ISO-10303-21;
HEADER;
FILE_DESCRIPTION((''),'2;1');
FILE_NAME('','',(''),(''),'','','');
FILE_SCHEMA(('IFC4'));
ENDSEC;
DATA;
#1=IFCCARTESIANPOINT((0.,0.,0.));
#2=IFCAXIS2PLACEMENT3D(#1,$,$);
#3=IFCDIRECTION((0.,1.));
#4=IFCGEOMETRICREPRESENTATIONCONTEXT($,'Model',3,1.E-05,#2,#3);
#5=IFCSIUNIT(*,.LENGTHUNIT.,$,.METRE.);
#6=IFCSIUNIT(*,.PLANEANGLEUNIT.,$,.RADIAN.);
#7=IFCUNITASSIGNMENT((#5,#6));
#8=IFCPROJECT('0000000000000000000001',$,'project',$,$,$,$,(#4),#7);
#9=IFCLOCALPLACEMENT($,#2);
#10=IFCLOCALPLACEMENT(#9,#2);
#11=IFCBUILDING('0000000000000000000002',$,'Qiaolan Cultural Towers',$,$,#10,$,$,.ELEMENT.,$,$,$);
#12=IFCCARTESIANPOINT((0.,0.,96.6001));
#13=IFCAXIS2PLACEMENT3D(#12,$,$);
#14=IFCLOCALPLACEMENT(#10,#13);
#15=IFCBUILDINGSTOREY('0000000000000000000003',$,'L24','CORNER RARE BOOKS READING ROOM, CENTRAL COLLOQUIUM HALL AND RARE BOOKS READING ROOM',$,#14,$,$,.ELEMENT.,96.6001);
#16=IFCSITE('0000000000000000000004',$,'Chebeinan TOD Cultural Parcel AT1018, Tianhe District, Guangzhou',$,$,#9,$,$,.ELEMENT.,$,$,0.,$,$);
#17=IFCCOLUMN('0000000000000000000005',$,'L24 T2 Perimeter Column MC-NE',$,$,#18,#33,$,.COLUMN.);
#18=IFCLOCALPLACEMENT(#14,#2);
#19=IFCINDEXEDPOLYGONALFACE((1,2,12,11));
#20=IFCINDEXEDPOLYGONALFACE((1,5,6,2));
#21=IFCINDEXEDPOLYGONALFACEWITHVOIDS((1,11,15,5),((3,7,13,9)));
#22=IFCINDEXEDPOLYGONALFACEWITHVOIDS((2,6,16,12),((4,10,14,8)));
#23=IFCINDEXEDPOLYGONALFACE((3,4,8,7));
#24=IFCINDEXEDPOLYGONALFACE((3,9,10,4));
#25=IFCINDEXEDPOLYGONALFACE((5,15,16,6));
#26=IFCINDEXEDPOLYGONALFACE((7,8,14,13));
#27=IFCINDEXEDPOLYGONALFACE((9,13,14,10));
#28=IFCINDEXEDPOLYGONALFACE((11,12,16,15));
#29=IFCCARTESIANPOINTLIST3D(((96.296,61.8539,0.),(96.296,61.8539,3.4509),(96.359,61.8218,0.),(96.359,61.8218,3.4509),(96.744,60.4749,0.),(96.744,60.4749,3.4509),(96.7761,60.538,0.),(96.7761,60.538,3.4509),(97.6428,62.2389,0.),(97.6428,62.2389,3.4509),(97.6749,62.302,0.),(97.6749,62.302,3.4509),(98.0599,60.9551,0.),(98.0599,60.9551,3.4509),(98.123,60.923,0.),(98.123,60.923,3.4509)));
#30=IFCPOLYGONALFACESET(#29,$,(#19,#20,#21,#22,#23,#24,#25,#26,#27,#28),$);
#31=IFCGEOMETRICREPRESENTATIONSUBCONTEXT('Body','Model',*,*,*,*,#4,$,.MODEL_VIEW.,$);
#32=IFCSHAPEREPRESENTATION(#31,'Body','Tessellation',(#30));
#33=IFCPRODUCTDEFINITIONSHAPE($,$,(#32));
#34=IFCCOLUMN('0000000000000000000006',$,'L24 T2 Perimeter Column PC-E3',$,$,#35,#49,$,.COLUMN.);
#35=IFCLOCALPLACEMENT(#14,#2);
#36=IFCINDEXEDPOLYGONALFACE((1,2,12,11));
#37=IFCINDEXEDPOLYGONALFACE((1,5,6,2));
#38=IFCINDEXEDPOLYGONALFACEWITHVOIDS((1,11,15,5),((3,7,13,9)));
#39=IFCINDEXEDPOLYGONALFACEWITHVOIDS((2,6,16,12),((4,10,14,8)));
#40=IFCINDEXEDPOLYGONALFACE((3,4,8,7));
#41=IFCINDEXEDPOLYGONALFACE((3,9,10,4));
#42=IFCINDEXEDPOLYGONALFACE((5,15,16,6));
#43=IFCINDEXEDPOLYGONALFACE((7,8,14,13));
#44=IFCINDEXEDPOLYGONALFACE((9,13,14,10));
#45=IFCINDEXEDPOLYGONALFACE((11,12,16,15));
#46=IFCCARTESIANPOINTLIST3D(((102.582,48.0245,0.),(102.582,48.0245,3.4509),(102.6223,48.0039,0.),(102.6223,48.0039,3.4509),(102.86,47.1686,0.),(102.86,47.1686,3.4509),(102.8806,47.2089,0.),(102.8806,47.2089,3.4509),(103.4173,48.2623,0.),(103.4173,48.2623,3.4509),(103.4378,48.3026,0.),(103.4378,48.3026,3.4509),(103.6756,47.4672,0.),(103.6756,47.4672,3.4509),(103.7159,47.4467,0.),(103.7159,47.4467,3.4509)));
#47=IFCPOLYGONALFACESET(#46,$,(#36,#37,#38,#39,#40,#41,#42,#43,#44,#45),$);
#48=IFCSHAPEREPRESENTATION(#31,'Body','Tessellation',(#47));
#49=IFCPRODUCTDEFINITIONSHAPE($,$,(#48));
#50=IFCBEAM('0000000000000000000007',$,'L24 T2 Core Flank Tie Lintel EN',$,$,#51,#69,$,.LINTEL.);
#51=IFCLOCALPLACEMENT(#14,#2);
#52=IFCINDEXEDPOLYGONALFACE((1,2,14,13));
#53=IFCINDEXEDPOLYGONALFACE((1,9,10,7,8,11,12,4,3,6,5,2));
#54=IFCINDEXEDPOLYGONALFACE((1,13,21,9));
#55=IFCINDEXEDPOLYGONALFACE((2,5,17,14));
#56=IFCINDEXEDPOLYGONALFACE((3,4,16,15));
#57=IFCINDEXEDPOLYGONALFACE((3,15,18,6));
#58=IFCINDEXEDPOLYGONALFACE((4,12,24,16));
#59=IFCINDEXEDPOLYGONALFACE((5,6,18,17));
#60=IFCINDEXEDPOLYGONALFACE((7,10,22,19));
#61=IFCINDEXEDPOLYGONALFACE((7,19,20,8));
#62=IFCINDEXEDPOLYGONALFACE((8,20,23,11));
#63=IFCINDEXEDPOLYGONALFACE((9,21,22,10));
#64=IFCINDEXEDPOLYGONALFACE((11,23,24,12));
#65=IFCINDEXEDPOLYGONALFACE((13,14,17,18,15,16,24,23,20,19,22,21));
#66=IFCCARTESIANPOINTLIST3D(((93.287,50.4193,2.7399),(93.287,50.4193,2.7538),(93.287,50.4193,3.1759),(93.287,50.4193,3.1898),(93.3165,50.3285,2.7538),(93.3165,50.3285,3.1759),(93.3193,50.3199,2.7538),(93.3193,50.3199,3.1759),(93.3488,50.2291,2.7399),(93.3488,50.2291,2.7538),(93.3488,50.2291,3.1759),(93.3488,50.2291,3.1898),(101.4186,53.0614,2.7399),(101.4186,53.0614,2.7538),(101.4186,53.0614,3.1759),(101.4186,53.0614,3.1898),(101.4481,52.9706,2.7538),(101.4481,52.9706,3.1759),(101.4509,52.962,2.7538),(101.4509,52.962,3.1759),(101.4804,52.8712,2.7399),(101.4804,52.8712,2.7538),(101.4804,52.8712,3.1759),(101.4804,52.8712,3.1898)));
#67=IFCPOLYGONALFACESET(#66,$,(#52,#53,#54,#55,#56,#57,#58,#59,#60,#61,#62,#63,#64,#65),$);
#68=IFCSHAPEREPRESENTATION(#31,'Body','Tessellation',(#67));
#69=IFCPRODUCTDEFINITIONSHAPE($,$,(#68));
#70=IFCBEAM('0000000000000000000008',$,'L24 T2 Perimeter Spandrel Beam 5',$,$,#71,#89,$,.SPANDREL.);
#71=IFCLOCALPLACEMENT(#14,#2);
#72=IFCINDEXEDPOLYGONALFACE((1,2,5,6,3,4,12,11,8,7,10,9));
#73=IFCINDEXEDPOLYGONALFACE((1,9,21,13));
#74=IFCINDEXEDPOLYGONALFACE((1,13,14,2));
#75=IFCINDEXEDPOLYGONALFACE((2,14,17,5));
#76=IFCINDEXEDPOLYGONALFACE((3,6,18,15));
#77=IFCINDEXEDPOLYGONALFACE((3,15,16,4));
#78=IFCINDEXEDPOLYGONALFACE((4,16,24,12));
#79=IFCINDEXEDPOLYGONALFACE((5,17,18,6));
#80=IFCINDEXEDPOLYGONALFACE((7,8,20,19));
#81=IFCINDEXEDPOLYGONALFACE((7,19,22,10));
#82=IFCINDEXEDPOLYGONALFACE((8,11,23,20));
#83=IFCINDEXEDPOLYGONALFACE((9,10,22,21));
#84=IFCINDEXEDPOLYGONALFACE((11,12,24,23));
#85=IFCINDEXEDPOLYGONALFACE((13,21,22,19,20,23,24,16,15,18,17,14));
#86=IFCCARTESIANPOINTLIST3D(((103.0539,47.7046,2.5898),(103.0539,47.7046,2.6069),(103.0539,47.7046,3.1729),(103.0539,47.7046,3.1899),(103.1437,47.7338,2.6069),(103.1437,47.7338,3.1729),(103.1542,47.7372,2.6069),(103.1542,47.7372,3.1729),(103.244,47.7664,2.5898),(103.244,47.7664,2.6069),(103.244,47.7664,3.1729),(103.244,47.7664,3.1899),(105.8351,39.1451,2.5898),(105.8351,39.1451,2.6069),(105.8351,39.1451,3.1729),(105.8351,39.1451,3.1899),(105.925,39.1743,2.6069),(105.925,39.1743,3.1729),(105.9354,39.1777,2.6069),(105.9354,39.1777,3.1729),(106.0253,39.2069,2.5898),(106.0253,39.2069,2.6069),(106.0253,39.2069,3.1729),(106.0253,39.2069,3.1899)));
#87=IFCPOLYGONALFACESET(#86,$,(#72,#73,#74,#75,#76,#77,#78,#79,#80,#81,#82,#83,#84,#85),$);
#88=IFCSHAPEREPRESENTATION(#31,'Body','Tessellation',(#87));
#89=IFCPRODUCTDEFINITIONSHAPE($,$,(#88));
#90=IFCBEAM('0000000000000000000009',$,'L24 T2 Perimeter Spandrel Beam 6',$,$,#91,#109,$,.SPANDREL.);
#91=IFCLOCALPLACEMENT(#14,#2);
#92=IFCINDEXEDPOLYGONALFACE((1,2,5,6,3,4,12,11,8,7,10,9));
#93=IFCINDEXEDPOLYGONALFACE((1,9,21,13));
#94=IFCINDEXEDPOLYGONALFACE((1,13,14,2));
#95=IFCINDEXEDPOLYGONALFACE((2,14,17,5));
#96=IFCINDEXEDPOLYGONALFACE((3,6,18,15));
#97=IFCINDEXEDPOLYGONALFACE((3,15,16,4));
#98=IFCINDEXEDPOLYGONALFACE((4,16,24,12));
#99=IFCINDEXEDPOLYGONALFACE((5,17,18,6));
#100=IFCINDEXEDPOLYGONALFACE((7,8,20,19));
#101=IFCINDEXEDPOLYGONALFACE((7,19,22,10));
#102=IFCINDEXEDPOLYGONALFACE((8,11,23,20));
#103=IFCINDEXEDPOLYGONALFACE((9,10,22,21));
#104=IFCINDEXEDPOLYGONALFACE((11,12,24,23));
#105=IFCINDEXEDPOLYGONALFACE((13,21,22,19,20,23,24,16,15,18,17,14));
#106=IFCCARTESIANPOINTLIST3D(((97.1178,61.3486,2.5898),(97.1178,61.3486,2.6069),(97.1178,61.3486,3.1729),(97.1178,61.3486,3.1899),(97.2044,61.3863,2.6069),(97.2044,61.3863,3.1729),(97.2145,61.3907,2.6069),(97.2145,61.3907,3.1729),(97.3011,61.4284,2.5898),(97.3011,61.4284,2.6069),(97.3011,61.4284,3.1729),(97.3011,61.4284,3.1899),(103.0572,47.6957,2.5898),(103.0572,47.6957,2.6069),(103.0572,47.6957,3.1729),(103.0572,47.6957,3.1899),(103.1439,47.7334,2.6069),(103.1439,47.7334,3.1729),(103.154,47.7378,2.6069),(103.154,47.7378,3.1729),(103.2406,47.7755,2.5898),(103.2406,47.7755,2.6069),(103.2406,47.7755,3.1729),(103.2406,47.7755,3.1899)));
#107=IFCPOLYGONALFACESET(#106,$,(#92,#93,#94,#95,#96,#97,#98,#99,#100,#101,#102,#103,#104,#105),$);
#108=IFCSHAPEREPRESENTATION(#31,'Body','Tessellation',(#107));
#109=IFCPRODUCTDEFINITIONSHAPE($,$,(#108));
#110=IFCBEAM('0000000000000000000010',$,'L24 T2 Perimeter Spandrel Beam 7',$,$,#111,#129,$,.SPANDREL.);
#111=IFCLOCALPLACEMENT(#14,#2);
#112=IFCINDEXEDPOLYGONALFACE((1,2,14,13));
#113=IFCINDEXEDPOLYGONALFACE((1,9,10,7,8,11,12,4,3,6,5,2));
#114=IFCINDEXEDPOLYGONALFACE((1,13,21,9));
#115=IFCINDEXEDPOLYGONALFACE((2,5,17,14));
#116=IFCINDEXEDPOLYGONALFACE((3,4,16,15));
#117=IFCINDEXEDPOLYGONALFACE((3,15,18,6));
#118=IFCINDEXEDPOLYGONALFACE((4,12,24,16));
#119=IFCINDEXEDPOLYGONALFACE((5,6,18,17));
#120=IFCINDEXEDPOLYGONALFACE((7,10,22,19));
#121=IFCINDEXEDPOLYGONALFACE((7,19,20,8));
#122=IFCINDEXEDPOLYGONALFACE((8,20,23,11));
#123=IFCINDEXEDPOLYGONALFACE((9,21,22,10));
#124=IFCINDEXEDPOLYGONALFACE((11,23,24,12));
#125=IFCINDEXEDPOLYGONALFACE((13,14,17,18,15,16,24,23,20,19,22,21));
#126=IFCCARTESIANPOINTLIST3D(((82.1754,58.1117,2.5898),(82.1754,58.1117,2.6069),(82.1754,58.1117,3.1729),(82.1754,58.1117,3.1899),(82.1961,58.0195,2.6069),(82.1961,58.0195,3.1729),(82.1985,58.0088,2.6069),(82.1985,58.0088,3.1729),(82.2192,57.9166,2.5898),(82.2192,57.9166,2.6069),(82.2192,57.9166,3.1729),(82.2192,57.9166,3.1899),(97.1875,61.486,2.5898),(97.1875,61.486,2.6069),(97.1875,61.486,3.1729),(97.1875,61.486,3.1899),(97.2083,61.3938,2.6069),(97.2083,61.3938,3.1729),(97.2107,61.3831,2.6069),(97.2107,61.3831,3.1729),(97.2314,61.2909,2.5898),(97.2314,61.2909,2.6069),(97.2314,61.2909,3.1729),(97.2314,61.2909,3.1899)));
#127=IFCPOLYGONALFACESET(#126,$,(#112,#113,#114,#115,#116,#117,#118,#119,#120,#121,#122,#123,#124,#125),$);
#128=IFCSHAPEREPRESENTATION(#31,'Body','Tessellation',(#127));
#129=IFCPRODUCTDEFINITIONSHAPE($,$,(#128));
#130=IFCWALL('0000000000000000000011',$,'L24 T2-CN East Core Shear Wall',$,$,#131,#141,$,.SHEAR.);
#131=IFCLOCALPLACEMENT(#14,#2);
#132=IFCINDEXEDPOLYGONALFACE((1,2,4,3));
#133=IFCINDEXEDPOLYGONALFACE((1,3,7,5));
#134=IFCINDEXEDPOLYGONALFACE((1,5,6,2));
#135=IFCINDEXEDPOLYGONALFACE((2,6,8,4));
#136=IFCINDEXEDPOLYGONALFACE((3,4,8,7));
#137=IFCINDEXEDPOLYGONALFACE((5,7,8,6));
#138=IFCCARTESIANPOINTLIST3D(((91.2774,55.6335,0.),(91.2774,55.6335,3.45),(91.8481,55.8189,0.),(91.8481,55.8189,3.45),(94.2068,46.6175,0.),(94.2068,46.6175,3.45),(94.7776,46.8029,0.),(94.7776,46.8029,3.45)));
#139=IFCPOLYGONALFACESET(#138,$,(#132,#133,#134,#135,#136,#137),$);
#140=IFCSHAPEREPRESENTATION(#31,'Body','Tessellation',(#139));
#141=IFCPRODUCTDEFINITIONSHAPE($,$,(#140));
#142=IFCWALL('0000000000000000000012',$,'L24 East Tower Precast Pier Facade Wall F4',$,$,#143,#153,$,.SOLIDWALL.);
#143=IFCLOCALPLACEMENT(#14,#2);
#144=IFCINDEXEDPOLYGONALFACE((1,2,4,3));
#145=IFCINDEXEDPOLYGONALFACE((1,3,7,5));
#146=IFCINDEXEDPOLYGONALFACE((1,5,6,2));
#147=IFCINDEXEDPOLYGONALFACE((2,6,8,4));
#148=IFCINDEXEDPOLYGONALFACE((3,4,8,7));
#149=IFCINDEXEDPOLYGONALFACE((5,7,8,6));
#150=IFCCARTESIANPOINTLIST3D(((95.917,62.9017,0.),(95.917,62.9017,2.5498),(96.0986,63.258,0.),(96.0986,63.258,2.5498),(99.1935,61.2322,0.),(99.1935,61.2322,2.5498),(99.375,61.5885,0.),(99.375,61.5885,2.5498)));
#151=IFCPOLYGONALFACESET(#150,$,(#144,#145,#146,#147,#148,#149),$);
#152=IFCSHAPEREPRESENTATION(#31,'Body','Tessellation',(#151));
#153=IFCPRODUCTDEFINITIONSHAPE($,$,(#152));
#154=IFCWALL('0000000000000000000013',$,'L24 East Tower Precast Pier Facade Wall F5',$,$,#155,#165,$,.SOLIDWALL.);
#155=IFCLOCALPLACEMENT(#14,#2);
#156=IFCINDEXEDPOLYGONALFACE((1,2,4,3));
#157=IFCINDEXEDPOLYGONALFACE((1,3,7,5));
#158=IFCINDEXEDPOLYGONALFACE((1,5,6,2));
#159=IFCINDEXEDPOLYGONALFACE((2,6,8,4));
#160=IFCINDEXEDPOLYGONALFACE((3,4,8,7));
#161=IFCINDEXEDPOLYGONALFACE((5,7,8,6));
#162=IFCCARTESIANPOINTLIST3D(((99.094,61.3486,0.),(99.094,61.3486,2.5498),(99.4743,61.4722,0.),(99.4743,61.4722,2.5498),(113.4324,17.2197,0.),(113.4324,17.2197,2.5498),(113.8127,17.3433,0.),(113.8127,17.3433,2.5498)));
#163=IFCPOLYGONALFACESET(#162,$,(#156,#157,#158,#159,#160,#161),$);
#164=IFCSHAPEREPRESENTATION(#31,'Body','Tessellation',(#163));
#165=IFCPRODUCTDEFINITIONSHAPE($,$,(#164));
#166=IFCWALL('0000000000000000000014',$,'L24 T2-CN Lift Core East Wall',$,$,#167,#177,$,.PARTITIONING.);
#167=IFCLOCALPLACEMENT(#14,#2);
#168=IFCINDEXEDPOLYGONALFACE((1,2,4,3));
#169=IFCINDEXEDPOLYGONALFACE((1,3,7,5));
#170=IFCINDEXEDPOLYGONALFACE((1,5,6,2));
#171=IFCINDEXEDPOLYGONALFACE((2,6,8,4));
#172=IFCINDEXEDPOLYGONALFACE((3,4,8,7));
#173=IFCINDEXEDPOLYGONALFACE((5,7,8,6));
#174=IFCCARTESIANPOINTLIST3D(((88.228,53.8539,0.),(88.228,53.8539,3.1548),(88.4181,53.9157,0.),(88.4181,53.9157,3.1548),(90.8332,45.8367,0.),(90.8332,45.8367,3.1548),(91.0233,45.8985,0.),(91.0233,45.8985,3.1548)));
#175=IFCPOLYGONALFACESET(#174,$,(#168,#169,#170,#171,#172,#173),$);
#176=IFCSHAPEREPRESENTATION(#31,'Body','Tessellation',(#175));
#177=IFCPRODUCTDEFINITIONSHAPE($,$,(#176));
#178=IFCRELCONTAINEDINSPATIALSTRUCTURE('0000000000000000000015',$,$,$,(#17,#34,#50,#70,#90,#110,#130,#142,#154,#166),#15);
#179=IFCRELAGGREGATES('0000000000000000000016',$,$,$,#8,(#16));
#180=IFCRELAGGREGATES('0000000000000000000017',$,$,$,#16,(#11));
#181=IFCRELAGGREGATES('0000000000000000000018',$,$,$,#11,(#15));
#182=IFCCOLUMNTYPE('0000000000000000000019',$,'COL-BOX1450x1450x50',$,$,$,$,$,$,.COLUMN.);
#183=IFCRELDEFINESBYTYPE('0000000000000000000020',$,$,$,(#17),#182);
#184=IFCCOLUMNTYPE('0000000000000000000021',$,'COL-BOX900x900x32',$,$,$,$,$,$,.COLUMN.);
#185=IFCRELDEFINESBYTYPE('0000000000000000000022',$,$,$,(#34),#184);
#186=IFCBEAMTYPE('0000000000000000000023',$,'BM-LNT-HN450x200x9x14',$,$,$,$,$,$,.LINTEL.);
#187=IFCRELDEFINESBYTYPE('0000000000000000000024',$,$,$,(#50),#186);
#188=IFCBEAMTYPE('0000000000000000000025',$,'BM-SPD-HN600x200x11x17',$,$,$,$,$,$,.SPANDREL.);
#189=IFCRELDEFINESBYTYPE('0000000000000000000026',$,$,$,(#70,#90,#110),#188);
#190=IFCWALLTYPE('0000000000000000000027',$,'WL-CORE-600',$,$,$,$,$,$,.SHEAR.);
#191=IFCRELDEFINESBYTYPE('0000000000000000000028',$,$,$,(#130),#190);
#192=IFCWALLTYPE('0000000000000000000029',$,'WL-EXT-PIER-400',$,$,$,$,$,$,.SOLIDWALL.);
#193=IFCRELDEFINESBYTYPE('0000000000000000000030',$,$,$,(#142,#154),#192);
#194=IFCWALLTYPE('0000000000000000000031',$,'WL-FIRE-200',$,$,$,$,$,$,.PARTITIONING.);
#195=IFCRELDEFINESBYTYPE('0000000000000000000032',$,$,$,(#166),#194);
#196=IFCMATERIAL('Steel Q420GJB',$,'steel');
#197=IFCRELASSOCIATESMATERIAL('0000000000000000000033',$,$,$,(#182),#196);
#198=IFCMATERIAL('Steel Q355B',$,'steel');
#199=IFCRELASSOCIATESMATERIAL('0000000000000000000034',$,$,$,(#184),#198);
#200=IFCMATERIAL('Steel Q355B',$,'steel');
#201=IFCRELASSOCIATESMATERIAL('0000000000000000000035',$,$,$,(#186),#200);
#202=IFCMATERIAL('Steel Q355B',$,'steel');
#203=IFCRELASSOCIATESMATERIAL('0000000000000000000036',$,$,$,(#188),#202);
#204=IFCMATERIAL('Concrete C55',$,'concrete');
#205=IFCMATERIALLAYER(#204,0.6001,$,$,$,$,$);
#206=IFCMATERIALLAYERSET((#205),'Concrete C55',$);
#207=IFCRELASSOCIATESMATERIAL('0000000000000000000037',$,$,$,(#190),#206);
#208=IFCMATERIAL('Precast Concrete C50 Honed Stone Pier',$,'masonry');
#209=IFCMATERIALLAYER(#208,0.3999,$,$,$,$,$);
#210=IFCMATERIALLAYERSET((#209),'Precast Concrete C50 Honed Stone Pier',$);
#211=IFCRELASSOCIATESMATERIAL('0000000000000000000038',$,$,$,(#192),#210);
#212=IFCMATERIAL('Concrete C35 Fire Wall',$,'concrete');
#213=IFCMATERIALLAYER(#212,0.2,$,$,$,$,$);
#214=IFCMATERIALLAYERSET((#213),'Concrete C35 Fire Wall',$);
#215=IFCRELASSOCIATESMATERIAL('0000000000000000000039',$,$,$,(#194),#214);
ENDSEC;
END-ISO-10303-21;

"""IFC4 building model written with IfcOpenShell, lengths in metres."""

from ifc_helpers import new_model, si_unit, direction, frame, frame_2d, origin, origin_2d, place, context, subcontext, project, spatial, rectangle, hollow_rectangle, i_section, extrude, material, layer, layer_set, material_profile, profile_set, type_object, element, save


model = new_model("IFC4")

# Units and contexts
model_context = context("Model", 3, precision=1e-05, world=origin(), true_north=direction((0.0, 1.0)))
body_context = subcontext(model_context, "Body", "Model", "MODEL_VIEW")
ifc_project = project(units=[si_unit("LENGTHUNIT", "METRE"), si_unit("PLANEANGLEUNIT", "RADIAN")], contexts=[model_context])

# Site, building, storey
site_placement = place(None, origin())
site = spatial("IfcSite", under=ifc_project, at=site_placement, Name="Chebeinan TOD Cultural Parcel AT1018, Tianhe District, Guangzhou", CompositionType="ELEMENT", RefElevation=0.0)
building_placement = place(site_placement, origin())
building = spatial("IfcBuilding", under=site, at=building_placement, Name="Qiaolan Cultural Towers", CompositionType="ELEMENT")
storey_placement = place(building_placement, frame((0.0, 0.0, 96.6001)))
storey = spatial("IfcBuildingStorey", under=building, at=storey_placement, Name="L24", Description="CORNER RARE BOOKS READING ROOM, CENTRAL COLLOQUIUM HALL AND RARE BOOKS READING ROOM", CompositionType="ELEMENT", Elevation=96.6001)

# Columns
ifc_material_1 = material(Name="Steel Q420GJB", Category="steel")
ifc_material_profile_1 = material_profile(ifc_material_1, hollow_rectangle(XDim=1.45, YDim=1.45, WallThickness=0.05, at=origin_2d()), Name="BOX1450x1450x50")
ifc_profile_set_1 = profile_set([ifc_material_profile_1], Name="Steel Q420GJB")
column_type_1 = type_object("IfcColumnType", Name="COL-BOX1450x1450x50", PredefinedType="COLUMN", material=ifc_profile_set_1)
column_1_placement = place(storey_placement, frame((97.2095, 61.3884, 0.0), z_axis=(0.0, 0.0, 1.0), x_axis=(0.951057, 0.309017, 0.0)))
element("IfcColumn", 1, at=column_1_placement, inside=storey, type_object=column_type_1, Name="L24 T2 Perimeter Column MC-NE", PredefinedType="COLUMN", context=body_context, shape_type="SweptSolid", body=[
    extrude(hollow_rectangle(XDim=1.45, YDim=1.45, WallThickness=0.05, at=origin_2d()), origin(), (0.0, 0.0, 1.0), 3.4509),
])
ifc_material_2 = material(Name="Steel Q355B", Category="steel")
ifc_material_profile_2 = material_profile(ifc_material_2, hollow_rectangle(XDim=0.8999, YDim=0.8999, WallThickness=0.032, at=origin_2d()), Name="BOX900x900x32")
ifc_profile_set_2 = profile_set([ifc_material_profile_2], Name="Steel Q355B")
column_type_2 = type_object("IfcColumnType", Name="COL-BOX900x900x32", PredefinedType="COLUMN", material=ifc_profile_set_2)
column_2_placement = place(storey_placement, frame((103.1489, 47.7356, 0.0), z_axis=(0.0, 0.0, 1.0), x_axis=(0.951057, 0.309017, 0.0)))
element("IfcColumn", 2, at=column_2_placement, inside=storey, type_object=column_type_2, Name="L24 T2 Perimeter Column PC-E3", PredefinedType="COLUMN", context=body_context, shape_type="SweptSolid", body=[
    extrude(hollow_rectangle(XDim=0.8999, YDim=0.8999, WallThickness=0.032, at=origin_2d()), origin(), (0.0, 0.0, 1.0), 3.4509),
])

# Beams
ifc_material_3 = material(Name="Steel Q355B", Category="steel")
ifc_material_profile_3 = material_profile(ifc_material_3, i_section(OverallWidth=0.2, OverallDepth=0.45, WebThickness=0.009, FlangeThickness=0.0139, at=origin_2d()), Name="HN450x200x9x14")
ifc_profile_set_3 = profile_set([ifc_material_profile_3], Name="Steel Q355B")
beam_type_1 = type_object("IfcBeamType", Name="BM-LNT-HN450x200x9x14", PredefinedType="LINTEL", material=ifc_profile_set_3)
beam_1_placement = place(storey_placement, frame((93.3179, 50.3242, 2.9648), z_axis=(0.951057, 0.309014, 0.0), x_axis=(-0.309014, 0.951057, 0.0)))
element("IfcBeam", 3, at=beam_1_placement, inside=storey, type_object=beam_type_1, Name="L24 T2 Core Flank Tie Lintel EN", PredefinedType="LINTEL", context=body_context, shape_type="SweptSolid", body=[
    extrude(i_section(OverallWidth=0.2, OverallDepth=0.45, WebThickness=0.009, FlangeThickness=0.0139, at=origin_2d()), origin(), (0.0, 0.0, 1.0), 8.55),
])
ifc_material_4 = material(Name="Steel Q355B", Category="steel")
ifc_material_profile_4 = material_profile(ifc_material_4, i_section(OverallWidth=0.2, OverallDepth=0.6001, WebThickness=0.011, FlangeThickness=0.0171, at=origin_2d()), Name="HN600x200x11x17")
ifc_profile_set_4 = profile_set([ifc_material_profile_4], Name="Steel Q355B")
beam_type_2 = type_object("IfcBeamType", Name="BM-SPD-HN600x200x11x17", PredefinedType="SPANDREL", material=ifc_profile_set_4)
beam_2_placement = place(storey_placement, frame((105.9302, 39.176, 2.8899), z_axis=(-0.309025, 0.951054, 0.0), x_axis=(-0.951054, -0.309025, 0.0)))
element("IfcBeam", 4, at=beam_2_placement, inside=storey, type_object=beam_type_2, Name="L24 T2 Perimeter Spandrel Beam 5", PredefinedType="SPANDREL", context=body_context, shape_type="SweptSolid", body=[
    extrude(i_section(OverallWidth=0.2, OverallDepth=0.6001, WebThickness=0.011, FlangeThickness=0.0171, at=origin_2d()), origin(), (0.0, 0.0, 1.0), 9.0),
])
beam_3_placement = place(storey_placement, frame((103.1489, 47.7356, 2.8899), z_axis=(-0.39892, 0.916986, 0.0), x_axis=(-0.916986, -0.39892, 0.0)))
element("IfcBeam", 5, at=beam_3_placement, inside=storey, type_object=beam_type_2, Name="L24 T2 Perimeter Spandrel Beam 6", PredefinedType="SPANDREL", context=body_context, shape_type="SweptSolid", body=[
    extrude(i_section(OverallWidth=0.2, OverallDepth=0.6001, WebThickness=0.011, FlangeThickness=0.0171, at=origin_2d()), origin(), (0.0, 0.0, 1.0), 14.8889),
])
beam_4_placement = place(storey_placement, frame((97.2095, 61.3884, 2.8899), z_axis=(-0.975658, -0.219297, 0.0), x_axis=(0.219297, -0.975658, 0.0)))
element("IfcBeam", 6, at=beam_4_placement, inside=storey, type_object=beam_type_2, Name="L24 T2 Perimeter Spandrel Beam 7", PredefinedType="SPANDREL", context=body_context, shape_type="SweptSolid", body=[
    extrude(i_section(OverallWidth=0.2, OverallDepth=0.6001, WebThickness=0.011, FlangeThickness=0.0171, at=origin_2d()), origin(), (0.0, 0.0, 1.0), 15.3867),
])

# Walls
ifc_material_5 = material(Name="Concrete C55", Category="concrete")
ifc_layer_1 = layer(ifc_material_5, 0.6001)
ifc_layer_set_1 = layer_set([ifc_layer_1], Name="Concrete C55")
wall_type_1 = type_object("IfcWallType", Name="WL-CORE-600", PredefinedType="SHEAR", material=ifc_layer_set_1)
wall_1_placement = place(storey_placement, frame((94.4922, 46.7102, 0.0), z_axis=(0.0, 0.0, 1.0), x_axis=(-0.30901, 0.951059, 0.0)))
element("IfcWall", 7, at=wall_1_placement, inside=storey, type_object=wall_type_1, Name="L24 T2-CN East Core Shear Wall", PredefinedType="SHEAR", context=body_context, shape_type="SweptSolid", body=[
    extrude(rectangle(XDim=9.48, YDim=0.6001, at=frame_2d((4.74, 0.0))), origin(), (0.0, 0.0, 1.0), 3.45),
])
ifc_material_6 = material(Name="Precast Concrete C50 Honed Stone Pier", Category="masonry")
ifc_layer_2 = layer(ifc_material_6, 0.3999)
ifc_layer_set_2 = layer_set([ifc_layer_2], Name="Precast Concrete C50 Honed Stone Pier")
wall_type_2 = type_object("IfcWallType", Name="WL-EXT-PIER-400", PredefinedType="SOLIDWALL", material=ifc_layer_set_2)
wall_2_placement = place(storey_placement, frame((96.0078, 63.0798, 0.0), z_axis=(0.0, 0.0, 1.0), x_axis=(0.891002, -0.453999, 0.0)))
element("IfcWall", 8, at=wall_2_placement, inside=storey, type_object=wall_type_2, Name="L24 East Tower Precast Pier Facade Wall F4", PredefinedType="SOLIDWALL", context=body_context, shape_type="SweptSolid", body=[
    extrude(rectangle(XDim=3.6772, YDim=0.3999, at=frame_2d((1.8386, 0.0))), origin(), (0.0, 0.0, 1.0), 2.5498),
])
wall_3_placement = place(storey_placement, frame((99.2842, 61.4104, 0.0), z_axis=(0.0, 0.0, 1.0), x_axis=(0.309018, -0.951056, 0.0)))
element("IfcWall", 9, at=wall_3_placement, inside=storey, type_object=wall_type_2, Name="L24 East Tower Precast Pier Facade Wall F5", PredefinedType="SOLIDWALL", context=body_context, shape_type="SweptSolid", body=[
    extrude(rectangle(XDim=46.3999, YDim=0.3999, at=frame_2d((23.2, 0.0))), origin(), (0.0, 0.0, 1.0), 2.5498),
])
ifc_material_7 = material(Name="Concrete C35 Fire Wall", Category="concrete")
ifc_layer_3 = layer(ifc_material_7, 0.2)
ifc_layer_set_3 = layer_set([ifc_layer_3], Name="Concrete C35 Fire Wall")
wall_type_3 = type_object("IfcWallType", Name="WL-FIRE-200", PredefinedType="PARTITIONING", material=ifc_layer_set_3)
wall_4_placement = place(storey_placement, frame((90.9282, 45.8677, 0.0), z_axis=(0.0, 0.0, 1.0), x_axis=(-0.309042, 0.951048, 0.0)))
element("IfcWall", 10, at=wall_4_placement, inside=storey, type_object=wall_type_3, Name="L24 T2-CN Lift Core East Wall", PredefinedType="PARTITIONING", context=body_context, shape_type="SweptSolid", body=[
    extrude(rectangle(XDim=8.4299, YDim=0.2, at=frame_2d((4.2148, 0.0))), origin(), (0.0, 0.0, 1.0), 3.1548),
])

save(model, "model.ifc")
